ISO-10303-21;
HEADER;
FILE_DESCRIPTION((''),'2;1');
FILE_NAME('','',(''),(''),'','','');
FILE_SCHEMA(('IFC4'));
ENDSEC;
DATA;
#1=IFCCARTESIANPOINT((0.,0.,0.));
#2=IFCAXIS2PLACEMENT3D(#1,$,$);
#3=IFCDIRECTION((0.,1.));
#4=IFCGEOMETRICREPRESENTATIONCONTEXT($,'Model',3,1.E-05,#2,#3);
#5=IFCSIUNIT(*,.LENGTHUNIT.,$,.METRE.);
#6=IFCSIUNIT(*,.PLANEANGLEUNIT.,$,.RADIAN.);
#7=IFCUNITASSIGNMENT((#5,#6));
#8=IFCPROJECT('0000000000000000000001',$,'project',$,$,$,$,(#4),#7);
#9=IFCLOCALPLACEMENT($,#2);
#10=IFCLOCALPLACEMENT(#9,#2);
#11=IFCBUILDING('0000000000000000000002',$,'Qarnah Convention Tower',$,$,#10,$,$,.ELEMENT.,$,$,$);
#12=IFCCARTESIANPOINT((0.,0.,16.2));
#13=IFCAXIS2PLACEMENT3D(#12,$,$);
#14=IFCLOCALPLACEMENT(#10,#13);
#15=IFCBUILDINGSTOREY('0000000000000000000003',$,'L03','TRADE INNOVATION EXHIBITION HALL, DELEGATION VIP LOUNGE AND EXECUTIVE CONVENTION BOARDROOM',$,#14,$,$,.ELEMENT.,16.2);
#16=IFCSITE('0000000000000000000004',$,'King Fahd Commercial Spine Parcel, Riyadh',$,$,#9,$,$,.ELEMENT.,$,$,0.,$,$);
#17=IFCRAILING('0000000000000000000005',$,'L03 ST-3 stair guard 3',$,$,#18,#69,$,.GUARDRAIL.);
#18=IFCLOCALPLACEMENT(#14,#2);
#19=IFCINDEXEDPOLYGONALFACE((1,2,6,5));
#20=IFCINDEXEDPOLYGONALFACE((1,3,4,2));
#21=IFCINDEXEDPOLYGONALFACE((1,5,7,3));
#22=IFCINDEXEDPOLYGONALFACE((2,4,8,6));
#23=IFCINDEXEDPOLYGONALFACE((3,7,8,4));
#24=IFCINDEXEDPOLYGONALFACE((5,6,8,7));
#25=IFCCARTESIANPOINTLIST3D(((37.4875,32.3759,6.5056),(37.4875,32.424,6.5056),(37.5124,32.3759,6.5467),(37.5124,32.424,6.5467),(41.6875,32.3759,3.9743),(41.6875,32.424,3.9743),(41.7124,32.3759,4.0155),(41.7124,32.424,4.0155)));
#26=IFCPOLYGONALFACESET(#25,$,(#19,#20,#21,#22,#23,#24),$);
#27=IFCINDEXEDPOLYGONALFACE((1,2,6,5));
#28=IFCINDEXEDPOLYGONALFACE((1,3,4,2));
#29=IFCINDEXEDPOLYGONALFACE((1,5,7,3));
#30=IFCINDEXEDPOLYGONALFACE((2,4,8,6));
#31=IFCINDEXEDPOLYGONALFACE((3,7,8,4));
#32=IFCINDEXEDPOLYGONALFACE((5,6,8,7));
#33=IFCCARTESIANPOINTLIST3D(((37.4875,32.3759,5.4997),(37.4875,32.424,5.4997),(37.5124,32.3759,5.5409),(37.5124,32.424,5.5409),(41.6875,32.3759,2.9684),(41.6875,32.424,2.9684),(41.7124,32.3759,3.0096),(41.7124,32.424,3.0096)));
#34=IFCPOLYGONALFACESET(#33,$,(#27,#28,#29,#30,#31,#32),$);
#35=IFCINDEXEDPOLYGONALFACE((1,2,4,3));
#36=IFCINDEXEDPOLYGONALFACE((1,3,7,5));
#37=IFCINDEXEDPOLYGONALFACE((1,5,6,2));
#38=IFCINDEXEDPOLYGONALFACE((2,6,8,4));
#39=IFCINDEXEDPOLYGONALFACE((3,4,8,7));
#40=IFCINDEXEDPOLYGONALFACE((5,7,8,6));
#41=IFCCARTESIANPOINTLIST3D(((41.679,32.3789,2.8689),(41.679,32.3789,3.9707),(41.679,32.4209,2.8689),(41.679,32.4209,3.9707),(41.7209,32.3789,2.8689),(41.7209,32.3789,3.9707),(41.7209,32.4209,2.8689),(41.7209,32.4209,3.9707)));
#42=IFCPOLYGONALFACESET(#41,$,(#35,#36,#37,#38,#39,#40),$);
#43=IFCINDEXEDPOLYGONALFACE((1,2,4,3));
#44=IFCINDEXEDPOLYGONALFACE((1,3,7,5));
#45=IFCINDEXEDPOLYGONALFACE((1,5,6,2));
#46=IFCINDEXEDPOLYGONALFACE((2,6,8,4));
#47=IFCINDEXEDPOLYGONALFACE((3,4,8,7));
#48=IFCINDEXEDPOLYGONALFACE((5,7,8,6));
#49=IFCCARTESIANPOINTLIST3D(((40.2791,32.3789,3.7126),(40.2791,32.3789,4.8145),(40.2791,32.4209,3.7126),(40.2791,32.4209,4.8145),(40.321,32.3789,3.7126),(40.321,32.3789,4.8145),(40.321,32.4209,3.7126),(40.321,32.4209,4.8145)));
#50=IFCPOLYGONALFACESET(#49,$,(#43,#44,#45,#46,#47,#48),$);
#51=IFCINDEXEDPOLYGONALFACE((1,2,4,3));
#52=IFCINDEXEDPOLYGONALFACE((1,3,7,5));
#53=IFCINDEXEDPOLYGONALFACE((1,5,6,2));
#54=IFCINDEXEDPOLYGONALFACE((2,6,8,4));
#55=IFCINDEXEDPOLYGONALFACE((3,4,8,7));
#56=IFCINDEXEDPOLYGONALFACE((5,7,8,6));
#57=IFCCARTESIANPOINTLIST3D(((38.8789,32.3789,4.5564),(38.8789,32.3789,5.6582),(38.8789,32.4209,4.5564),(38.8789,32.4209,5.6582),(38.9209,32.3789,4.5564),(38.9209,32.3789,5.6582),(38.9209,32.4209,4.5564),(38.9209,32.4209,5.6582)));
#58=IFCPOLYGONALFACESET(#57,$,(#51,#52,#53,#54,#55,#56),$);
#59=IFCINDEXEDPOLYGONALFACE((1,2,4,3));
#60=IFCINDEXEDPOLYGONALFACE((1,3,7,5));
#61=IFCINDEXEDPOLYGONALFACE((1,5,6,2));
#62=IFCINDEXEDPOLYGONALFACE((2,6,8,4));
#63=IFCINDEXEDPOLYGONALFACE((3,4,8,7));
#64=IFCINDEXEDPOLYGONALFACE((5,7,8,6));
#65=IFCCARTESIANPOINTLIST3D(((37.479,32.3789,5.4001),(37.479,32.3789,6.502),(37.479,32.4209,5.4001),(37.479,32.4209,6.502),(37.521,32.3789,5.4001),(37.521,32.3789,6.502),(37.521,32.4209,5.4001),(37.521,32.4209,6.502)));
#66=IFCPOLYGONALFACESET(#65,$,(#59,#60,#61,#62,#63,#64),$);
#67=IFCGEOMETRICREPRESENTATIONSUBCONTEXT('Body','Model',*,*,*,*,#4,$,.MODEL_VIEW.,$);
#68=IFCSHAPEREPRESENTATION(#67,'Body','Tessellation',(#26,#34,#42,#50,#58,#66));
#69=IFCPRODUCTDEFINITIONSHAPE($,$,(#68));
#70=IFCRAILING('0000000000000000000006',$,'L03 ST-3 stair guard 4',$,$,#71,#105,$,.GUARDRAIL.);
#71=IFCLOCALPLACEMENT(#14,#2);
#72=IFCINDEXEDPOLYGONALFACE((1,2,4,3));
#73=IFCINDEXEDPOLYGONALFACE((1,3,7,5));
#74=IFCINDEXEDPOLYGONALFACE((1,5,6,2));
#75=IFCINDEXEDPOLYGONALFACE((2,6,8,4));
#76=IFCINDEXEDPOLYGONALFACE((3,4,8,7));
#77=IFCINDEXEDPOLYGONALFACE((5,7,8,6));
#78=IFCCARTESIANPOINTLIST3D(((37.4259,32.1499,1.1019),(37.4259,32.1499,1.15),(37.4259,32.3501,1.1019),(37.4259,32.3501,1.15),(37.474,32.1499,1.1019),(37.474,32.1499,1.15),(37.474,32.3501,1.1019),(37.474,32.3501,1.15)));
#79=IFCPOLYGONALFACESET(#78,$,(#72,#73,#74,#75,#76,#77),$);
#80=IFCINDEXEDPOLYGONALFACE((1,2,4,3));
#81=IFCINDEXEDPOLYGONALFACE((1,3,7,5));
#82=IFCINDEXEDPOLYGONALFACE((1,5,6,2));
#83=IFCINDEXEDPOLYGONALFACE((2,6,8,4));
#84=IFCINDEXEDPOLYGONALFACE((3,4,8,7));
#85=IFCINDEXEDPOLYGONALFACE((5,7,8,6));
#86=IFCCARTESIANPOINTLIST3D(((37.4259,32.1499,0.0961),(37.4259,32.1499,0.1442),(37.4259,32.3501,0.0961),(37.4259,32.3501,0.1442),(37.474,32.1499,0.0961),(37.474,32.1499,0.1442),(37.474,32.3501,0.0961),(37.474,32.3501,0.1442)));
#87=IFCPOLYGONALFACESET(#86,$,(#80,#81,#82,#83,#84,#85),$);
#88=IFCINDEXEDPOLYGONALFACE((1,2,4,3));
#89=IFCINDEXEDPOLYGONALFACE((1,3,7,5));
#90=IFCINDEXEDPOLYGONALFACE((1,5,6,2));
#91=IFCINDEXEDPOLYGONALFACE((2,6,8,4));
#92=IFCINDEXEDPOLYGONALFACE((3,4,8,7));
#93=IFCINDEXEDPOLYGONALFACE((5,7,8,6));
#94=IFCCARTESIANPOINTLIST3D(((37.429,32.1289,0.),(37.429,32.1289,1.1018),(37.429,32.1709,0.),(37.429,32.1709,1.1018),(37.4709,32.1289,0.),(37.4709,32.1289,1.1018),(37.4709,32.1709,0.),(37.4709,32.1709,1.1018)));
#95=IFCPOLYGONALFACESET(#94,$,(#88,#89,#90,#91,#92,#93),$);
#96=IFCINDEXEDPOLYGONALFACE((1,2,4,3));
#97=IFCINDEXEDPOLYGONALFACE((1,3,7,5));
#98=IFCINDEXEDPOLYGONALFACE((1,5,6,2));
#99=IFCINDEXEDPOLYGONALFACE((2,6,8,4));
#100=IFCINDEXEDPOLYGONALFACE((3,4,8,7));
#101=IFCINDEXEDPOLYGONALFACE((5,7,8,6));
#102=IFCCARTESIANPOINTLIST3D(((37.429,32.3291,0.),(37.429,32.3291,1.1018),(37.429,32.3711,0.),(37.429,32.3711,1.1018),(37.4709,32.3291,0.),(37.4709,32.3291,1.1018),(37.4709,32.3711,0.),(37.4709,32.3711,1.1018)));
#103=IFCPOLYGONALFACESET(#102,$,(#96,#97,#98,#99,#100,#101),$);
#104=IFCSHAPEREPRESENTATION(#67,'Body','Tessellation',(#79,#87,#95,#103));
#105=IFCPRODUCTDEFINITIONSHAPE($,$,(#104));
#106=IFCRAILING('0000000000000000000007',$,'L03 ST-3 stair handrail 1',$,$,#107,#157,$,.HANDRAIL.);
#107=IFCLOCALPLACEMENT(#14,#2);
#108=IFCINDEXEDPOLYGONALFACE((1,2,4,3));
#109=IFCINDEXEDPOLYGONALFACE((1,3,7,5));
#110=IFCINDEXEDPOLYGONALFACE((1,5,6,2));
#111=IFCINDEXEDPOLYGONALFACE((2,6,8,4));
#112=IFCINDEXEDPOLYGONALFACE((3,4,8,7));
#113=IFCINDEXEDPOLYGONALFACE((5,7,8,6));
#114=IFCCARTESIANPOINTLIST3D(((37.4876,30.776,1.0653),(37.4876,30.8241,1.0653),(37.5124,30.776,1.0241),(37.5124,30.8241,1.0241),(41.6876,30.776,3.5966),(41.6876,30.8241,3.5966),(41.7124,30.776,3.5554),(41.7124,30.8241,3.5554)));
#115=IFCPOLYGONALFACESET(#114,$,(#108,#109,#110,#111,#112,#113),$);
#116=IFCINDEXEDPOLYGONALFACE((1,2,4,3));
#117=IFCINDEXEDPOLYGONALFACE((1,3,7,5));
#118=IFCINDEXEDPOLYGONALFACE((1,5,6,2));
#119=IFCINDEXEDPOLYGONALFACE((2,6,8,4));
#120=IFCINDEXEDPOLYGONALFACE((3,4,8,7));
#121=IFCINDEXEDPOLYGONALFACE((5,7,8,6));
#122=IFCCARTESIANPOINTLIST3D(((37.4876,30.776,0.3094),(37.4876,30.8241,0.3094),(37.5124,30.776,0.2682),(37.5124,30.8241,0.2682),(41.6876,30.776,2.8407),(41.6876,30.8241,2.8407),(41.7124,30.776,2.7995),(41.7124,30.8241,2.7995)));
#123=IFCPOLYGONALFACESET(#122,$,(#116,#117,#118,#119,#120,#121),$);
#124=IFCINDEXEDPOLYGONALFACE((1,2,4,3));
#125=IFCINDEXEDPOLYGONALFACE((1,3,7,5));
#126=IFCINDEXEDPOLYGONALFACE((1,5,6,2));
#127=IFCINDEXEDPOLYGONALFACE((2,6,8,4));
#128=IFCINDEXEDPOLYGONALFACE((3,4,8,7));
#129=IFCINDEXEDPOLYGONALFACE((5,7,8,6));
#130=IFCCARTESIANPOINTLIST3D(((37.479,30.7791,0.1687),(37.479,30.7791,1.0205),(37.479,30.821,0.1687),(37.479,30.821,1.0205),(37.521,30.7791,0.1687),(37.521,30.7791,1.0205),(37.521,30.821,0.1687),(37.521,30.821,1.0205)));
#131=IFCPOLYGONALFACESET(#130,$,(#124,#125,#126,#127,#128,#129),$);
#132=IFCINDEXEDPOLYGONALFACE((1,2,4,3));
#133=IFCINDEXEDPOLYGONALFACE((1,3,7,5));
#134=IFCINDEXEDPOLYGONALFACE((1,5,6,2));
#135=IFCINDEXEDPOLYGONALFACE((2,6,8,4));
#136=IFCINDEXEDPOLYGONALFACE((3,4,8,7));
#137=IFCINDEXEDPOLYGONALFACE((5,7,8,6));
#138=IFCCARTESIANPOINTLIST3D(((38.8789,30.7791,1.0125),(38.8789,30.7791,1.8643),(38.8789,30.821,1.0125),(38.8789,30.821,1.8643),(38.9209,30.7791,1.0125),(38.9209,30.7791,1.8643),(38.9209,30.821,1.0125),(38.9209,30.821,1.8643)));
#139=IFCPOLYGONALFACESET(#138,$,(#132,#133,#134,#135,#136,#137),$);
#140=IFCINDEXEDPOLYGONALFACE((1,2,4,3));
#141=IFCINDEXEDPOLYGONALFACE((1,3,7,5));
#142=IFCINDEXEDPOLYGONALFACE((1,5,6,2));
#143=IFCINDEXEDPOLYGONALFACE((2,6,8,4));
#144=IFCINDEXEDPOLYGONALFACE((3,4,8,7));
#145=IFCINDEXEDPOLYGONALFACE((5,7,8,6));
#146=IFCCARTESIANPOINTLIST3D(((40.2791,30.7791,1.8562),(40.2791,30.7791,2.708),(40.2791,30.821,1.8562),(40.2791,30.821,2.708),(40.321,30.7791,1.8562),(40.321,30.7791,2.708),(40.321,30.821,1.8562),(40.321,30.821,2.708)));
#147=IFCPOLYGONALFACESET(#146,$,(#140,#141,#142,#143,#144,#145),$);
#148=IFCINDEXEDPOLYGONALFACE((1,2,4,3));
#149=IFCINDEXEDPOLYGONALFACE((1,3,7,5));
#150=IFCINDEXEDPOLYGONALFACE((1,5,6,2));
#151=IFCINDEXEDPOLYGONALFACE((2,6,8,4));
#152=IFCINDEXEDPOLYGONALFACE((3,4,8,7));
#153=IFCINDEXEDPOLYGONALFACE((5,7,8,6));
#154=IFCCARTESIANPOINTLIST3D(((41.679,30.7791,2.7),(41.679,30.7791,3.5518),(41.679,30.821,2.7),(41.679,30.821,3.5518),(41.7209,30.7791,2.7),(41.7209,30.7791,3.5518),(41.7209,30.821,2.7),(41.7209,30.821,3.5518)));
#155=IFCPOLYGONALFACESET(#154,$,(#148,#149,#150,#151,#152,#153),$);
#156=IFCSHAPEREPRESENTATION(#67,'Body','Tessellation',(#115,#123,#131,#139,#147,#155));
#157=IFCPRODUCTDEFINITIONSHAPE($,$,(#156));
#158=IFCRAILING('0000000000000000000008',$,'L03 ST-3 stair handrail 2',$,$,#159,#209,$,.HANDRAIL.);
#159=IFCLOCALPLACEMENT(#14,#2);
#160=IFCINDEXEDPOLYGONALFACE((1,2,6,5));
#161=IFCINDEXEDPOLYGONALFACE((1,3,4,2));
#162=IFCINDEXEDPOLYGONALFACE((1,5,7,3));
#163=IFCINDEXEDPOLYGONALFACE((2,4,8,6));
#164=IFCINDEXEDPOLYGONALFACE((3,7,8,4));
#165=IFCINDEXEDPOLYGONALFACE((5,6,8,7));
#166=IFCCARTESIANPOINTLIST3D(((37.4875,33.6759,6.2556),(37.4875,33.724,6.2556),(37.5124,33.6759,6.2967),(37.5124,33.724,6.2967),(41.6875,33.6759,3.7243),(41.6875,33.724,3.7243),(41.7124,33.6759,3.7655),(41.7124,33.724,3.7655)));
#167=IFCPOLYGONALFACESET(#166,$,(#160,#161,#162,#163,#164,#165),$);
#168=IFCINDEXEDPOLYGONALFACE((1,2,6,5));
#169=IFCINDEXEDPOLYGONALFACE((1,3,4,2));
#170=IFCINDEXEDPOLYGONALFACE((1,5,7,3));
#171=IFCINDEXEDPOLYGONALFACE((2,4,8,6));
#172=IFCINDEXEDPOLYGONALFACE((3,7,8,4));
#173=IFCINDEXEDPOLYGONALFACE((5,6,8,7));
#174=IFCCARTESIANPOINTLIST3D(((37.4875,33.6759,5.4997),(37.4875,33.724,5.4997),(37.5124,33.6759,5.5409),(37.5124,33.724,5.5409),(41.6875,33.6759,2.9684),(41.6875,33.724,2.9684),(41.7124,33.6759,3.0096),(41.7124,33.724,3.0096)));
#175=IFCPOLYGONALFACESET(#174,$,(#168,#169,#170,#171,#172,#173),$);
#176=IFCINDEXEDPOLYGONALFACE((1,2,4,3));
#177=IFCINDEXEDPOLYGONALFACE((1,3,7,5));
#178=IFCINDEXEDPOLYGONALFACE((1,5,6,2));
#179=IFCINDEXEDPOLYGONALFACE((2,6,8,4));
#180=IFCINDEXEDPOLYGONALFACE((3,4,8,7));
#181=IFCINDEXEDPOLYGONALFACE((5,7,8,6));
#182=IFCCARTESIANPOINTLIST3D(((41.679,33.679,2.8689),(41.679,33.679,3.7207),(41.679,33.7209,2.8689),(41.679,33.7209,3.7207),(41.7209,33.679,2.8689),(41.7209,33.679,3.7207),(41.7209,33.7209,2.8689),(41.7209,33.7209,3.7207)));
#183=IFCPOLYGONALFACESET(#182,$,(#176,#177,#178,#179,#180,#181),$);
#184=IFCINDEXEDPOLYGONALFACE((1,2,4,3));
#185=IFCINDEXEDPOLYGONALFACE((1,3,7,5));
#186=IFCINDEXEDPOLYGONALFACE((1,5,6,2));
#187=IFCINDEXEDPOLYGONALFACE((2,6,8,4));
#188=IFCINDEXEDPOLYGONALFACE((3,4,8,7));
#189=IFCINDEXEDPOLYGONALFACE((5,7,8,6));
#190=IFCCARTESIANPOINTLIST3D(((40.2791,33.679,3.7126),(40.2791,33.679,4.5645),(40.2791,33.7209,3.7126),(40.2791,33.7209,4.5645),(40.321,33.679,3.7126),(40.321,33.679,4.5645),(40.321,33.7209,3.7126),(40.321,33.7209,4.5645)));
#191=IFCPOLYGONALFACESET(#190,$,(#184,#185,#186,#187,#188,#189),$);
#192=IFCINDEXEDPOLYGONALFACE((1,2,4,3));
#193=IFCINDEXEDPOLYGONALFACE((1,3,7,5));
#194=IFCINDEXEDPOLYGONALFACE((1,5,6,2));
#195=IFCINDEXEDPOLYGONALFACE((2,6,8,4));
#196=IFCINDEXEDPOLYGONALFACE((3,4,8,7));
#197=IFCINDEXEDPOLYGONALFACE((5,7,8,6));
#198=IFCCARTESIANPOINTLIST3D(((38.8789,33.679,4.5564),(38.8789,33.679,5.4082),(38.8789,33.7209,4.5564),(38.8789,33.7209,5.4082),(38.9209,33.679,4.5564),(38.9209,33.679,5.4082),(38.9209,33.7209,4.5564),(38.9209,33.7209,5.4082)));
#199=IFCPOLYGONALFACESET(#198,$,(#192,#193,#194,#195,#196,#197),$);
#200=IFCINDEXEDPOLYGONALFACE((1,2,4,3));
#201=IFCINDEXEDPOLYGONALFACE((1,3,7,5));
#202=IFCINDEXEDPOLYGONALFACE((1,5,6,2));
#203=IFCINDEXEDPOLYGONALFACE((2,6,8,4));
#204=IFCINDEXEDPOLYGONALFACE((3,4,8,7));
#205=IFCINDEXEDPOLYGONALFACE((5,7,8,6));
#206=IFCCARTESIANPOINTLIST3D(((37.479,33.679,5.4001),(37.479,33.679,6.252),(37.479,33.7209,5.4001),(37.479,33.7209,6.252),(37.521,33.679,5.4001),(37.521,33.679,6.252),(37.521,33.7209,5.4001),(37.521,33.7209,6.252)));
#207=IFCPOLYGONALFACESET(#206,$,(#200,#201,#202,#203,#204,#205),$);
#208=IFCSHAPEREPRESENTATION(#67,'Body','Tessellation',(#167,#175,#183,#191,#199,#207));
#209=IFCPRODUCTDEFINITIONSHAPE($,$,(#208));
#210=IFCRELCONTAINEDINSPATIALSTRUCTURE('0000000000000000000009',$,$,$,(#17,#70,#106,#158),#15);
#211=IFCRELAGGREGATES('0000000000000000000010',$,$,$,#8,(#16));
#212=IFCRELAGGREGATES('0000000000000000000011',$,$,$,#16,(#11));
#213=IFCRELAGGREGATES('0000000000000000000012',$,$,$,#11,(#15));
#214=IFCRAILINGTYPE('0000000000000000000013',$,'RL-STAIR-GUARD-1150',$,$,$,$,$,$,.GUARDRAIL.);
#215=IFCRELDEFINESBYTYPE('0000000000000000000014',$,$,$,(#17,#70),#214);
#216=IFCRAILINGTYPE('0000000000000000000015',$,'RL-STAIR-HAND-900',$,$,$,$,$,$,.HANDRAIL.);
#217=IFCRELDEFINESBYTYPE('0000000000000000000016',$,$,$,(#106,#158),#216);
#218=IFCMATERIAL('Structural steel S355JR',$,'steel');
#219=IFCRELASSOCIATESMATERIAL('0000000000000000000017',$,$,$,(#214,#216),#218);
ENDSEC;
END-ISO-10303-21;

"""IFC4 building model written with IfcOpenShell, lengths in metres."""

from ifc_helpers import new_model, si_unit, direction, frame, origin, origin_2d, place, context, subcontext, project, spatial, rectangle, extrude, material, type_object, element, save


model = new_model("IFC4")

# Units and contexts
model_context = context("Model", 3, precision=1e-05, world=origin(), true_north=direction((0.0, 1.0)))
body_context = subcontext(model_context, "Body", "Model", "MODEL_VIEW")
ifc_project = project(units=[si_unit("LENGTHUNIT", "METRE"), si_unit("PLANEANGLEUNIT", "RADIAN")], contexts=[model_context])

# Site, building, storey
site_placement = place(None, origin())
site = spatial("IfcSite", under=ifc_project, at=site_placement, Name="King Fahd Commercial Spine Parcel, Riyadh", CompositionType="ELEMENT", RefElevation=0.0)
building_placement = place(site_placement, origin())
building = spatial("IfcBuilding", under=site, at=building_placement, Name="Qarnah Convention Tower", CompositionType="ELEMENT")
storey_placement = place(building_placement, frame((0.0, 0.0, 16.2)))
storey = spatial("IfcBuildingStorey", under=building, at=storey_placement, Name="L03", Description="TRADE INNOVATION EXHIBITION HALL, DELEGATION VIP LOUNGE AND EXECUTIVE CONVENTION BOARDROOM", CompositionType="ELEMENT", Elevation=16.2)

# Shared definitions
ifc_material_1 = material(Name="Structural steel S355JR", Category="steel")

# Railings
railing_type_1 = type_object("IfcRailingType", Name="RL-STAIR-GUARD-1150", PredefinedType="GUARDRAIL", material=ifc_material_1)
railing_1_placement = place(storey_placement, frame((41.7, 32.3999, 2.8689)))
element("IfcRailing", 1, at=railing_1_placement, inside=storey, type_object=railing_type_1, Name="L03 ST-3 stair guard 3", PredefinedType="GUARDRAIL", context=body_context, shape_type="SweptSolid", body=[
    extrude(rectangle(XDim=0.0481, YDim=0.0481, at=origin_2d()), frame((0.0, 0.0, 1.126), z_axis=(-0.856476, 0.0, 0.516186), x_axis=(0.0, -1.0, 0.0)), (0.0, 0.0, 1.0), 4.9038),
    extrude(rectangle(XDim=0.0481, YDim=0.0481, at=origin_2d()), frame((0.0, 0.0, 0.1201), z_axis=(-0.856476, 0.0, 0.516186), x_axis=(0.0, -1.0, 0.0)), (0.0, 0.0, 1.0), 4.9038),
    extrude(rectangle(XDim=0.042, YDim=0.042, at=origin_2d()), origin(), (0.0, 0.0, 1.0), 1.1018),
    extrude(rectangle(XDim=0.042, YDim=0.042, at=origin_2d()), frame((-1.3999, 0.0, 0.8438)), (0.0, 0.0, 1.0), 1.1018),
    extrude(rectangle(XDim=0.042, YDim=0.042, at=origin_2d()), frame((-2.8, 0.0, 1.6875)), (0.0, 0.0, 1.0), 1.1018),
    extrude(rectangle(XDim=0.042, YDim=0.042, at=origin_2d()), frame((-4.2, 0.0, 2.5312)), (0.0, 0.0, 1.0), 1.1018),
])
railing_2_placement = place(storey_placement, frame((37.45, 32.1499, 0.0)))
element("IfcRailing", 2, at=railing_2_placement, inside=storey, type_object=railing_type_1, Name="L03 ST-3 stair guard 4", PredefinedType="GUARDRAIL", context=body_context, shape_type="SweptSolid", body=[
    extrude(rectangle(XDim=0.0481, YDim=0.0481, at=origin_2d()), frame((0.0, 0.0, 1.126), z_axis=(0.0, 1.0, 0.0), x_axis=(-1.0, 0.0, 0.0)), (0.0, 0.0, 1.0), 0.2002),
    extrude(rectangle(XDim=0.0481, YDim=0.0481, at=origin_2d()), frame((0.0, 0.0, 0.1201), z_axis=(0.0, 1.0, 0.0), x_axis=(-1.0, 0.0, 0.0)), (0.0, 0.0, 1.0), 0.2002),
    extrude(rectangle(XDim=0.042, YDim=0.042, at=origin_2d()), origin(), (0.0, 0.0, 1.0), 1.1018),
    extrude(rectangle(XDim=0.042, YDim=0.042, at=origin_2d()), frame((0.0, 0.2002, 0.0)), (0.0, 0.0, 1.0), 1.1018),
])
railing_type_2 = type_object("IfcRailingType", Name="RL-STAIR-HAND-900", PredefinedType="HANDRAIL", material=ifc_material_1)
railing_3_placement = place(storey_placement, frame((37.5, 30.8, 0.1687)))
element("IfcRailing", 3, at=railing_3_placement, inside=storey, type_object=railing_type_2, Name="L03 ST-3 stair handrail 1", PredefinedType="HANDRAIL", context=body_context, shape_type="SweptSolid", body=[
    extrude(rectangle(XDim=0.0481, YDim=0.0481, at=origin_2d()), frame((0.0, 0.0, 0.876), z_axis=(0.856476, 0.0, 0.516186), x_axis=(0.0, 1.0, 0.0)), (0.0, 0.0, 1.0), 4.9038),
    extrude(rectangle(XDim=0.0481, YDim=0.0481, at=origin_2d()), frame((0.0, 0.0, 0.1201), z_axis=(0.856476, 0.0, 0.516186), x_axis=(0.0, 1.0, 0.0)), (0.0, 0.0, 1.0), 4.9038),
    extrude(rectangle(XDim=0.042, YDim=0.042, at=origin_2d()), origin(), (0.0, 0.0, 1.0), 0.8518),
    extrude(rectangle(XDim=0.042, YDim=0.042, at=origin_2d()), frame((1.3999, 0.0, 0.8438)), (0.0, 0.0, 1.0), 0.8518),
    extrude(rectangle(XDim=0.042, YDim=0.042, at=origin_2d()), frame((2.8, 0.0, 1.6875)), (0.0, 0.0, 1.0), 0.8518),
    extrude(rectangle(XDim=0.042, YDim=0.042, at=origin_2d()), frame((4.2, 0.0, 2.5312)), (0.0, 0.0, 1.0), 0.8518),
])
railing_4_placement = place(storey_placement, frame((41.7, 33.7, 2.8689)))
element("IfcRailing", 4, at=railing_4_placement, inside=storey, type_object=railing_type_2, Name="L03 ST-3 stair handrail 2", PredefinedType="HANDRAIL", context=body_context, shape_type="SweptSolid", body=[
    extrude(rectangle(XDim=0.0481, YDim=0.0481, at=origin_2d()), frame((0.0, 0.0, 0.876), z_axis=(-0.856476, 0.0, 0.516186), x_axis=(0.0, -1.0, 0.0)), (0.0, 0.0, 1.0), 4.9038),
    extrude(rectangle(XDim=0.0481, YDim=0.0481, at=origin_2d()), frame((0.0, 0.0, 0.1201), z_axis=(-0.856476, 0.0, 0.516186), x_axis=(0.0, -1.0, 0.0)), (0.0, 0.0, 1.0), 4.9038),
    extrude(rectangle(XDim=0.042, YDim=0.042, at=origin_2d()), origin(), (0.0, 0.0, 1.0), 0.8518),
    extrude(rectangle(XDim=0.042, YDim=0.042, at=origin_2d()), frame((-1.3999, 0.0, 0.8438)), (0.0, 0.0, 1.0), 0.8518),
    extrude(rectangle(XDim=0.042, YDim=0.042, at=origin_2d()), frame((-2.8, 0.0, 1.6875)), (0.0, 0.0, 1.0), 0.8518),
    extrude(rectangle(XDim=0.042, YDim=0.042, at=origin_2d()), frame((-4.2, 0.0, 2.5312)), (0.0, 0.0, 1.0), 0.8518),
])

save(model, "model.ifc")
